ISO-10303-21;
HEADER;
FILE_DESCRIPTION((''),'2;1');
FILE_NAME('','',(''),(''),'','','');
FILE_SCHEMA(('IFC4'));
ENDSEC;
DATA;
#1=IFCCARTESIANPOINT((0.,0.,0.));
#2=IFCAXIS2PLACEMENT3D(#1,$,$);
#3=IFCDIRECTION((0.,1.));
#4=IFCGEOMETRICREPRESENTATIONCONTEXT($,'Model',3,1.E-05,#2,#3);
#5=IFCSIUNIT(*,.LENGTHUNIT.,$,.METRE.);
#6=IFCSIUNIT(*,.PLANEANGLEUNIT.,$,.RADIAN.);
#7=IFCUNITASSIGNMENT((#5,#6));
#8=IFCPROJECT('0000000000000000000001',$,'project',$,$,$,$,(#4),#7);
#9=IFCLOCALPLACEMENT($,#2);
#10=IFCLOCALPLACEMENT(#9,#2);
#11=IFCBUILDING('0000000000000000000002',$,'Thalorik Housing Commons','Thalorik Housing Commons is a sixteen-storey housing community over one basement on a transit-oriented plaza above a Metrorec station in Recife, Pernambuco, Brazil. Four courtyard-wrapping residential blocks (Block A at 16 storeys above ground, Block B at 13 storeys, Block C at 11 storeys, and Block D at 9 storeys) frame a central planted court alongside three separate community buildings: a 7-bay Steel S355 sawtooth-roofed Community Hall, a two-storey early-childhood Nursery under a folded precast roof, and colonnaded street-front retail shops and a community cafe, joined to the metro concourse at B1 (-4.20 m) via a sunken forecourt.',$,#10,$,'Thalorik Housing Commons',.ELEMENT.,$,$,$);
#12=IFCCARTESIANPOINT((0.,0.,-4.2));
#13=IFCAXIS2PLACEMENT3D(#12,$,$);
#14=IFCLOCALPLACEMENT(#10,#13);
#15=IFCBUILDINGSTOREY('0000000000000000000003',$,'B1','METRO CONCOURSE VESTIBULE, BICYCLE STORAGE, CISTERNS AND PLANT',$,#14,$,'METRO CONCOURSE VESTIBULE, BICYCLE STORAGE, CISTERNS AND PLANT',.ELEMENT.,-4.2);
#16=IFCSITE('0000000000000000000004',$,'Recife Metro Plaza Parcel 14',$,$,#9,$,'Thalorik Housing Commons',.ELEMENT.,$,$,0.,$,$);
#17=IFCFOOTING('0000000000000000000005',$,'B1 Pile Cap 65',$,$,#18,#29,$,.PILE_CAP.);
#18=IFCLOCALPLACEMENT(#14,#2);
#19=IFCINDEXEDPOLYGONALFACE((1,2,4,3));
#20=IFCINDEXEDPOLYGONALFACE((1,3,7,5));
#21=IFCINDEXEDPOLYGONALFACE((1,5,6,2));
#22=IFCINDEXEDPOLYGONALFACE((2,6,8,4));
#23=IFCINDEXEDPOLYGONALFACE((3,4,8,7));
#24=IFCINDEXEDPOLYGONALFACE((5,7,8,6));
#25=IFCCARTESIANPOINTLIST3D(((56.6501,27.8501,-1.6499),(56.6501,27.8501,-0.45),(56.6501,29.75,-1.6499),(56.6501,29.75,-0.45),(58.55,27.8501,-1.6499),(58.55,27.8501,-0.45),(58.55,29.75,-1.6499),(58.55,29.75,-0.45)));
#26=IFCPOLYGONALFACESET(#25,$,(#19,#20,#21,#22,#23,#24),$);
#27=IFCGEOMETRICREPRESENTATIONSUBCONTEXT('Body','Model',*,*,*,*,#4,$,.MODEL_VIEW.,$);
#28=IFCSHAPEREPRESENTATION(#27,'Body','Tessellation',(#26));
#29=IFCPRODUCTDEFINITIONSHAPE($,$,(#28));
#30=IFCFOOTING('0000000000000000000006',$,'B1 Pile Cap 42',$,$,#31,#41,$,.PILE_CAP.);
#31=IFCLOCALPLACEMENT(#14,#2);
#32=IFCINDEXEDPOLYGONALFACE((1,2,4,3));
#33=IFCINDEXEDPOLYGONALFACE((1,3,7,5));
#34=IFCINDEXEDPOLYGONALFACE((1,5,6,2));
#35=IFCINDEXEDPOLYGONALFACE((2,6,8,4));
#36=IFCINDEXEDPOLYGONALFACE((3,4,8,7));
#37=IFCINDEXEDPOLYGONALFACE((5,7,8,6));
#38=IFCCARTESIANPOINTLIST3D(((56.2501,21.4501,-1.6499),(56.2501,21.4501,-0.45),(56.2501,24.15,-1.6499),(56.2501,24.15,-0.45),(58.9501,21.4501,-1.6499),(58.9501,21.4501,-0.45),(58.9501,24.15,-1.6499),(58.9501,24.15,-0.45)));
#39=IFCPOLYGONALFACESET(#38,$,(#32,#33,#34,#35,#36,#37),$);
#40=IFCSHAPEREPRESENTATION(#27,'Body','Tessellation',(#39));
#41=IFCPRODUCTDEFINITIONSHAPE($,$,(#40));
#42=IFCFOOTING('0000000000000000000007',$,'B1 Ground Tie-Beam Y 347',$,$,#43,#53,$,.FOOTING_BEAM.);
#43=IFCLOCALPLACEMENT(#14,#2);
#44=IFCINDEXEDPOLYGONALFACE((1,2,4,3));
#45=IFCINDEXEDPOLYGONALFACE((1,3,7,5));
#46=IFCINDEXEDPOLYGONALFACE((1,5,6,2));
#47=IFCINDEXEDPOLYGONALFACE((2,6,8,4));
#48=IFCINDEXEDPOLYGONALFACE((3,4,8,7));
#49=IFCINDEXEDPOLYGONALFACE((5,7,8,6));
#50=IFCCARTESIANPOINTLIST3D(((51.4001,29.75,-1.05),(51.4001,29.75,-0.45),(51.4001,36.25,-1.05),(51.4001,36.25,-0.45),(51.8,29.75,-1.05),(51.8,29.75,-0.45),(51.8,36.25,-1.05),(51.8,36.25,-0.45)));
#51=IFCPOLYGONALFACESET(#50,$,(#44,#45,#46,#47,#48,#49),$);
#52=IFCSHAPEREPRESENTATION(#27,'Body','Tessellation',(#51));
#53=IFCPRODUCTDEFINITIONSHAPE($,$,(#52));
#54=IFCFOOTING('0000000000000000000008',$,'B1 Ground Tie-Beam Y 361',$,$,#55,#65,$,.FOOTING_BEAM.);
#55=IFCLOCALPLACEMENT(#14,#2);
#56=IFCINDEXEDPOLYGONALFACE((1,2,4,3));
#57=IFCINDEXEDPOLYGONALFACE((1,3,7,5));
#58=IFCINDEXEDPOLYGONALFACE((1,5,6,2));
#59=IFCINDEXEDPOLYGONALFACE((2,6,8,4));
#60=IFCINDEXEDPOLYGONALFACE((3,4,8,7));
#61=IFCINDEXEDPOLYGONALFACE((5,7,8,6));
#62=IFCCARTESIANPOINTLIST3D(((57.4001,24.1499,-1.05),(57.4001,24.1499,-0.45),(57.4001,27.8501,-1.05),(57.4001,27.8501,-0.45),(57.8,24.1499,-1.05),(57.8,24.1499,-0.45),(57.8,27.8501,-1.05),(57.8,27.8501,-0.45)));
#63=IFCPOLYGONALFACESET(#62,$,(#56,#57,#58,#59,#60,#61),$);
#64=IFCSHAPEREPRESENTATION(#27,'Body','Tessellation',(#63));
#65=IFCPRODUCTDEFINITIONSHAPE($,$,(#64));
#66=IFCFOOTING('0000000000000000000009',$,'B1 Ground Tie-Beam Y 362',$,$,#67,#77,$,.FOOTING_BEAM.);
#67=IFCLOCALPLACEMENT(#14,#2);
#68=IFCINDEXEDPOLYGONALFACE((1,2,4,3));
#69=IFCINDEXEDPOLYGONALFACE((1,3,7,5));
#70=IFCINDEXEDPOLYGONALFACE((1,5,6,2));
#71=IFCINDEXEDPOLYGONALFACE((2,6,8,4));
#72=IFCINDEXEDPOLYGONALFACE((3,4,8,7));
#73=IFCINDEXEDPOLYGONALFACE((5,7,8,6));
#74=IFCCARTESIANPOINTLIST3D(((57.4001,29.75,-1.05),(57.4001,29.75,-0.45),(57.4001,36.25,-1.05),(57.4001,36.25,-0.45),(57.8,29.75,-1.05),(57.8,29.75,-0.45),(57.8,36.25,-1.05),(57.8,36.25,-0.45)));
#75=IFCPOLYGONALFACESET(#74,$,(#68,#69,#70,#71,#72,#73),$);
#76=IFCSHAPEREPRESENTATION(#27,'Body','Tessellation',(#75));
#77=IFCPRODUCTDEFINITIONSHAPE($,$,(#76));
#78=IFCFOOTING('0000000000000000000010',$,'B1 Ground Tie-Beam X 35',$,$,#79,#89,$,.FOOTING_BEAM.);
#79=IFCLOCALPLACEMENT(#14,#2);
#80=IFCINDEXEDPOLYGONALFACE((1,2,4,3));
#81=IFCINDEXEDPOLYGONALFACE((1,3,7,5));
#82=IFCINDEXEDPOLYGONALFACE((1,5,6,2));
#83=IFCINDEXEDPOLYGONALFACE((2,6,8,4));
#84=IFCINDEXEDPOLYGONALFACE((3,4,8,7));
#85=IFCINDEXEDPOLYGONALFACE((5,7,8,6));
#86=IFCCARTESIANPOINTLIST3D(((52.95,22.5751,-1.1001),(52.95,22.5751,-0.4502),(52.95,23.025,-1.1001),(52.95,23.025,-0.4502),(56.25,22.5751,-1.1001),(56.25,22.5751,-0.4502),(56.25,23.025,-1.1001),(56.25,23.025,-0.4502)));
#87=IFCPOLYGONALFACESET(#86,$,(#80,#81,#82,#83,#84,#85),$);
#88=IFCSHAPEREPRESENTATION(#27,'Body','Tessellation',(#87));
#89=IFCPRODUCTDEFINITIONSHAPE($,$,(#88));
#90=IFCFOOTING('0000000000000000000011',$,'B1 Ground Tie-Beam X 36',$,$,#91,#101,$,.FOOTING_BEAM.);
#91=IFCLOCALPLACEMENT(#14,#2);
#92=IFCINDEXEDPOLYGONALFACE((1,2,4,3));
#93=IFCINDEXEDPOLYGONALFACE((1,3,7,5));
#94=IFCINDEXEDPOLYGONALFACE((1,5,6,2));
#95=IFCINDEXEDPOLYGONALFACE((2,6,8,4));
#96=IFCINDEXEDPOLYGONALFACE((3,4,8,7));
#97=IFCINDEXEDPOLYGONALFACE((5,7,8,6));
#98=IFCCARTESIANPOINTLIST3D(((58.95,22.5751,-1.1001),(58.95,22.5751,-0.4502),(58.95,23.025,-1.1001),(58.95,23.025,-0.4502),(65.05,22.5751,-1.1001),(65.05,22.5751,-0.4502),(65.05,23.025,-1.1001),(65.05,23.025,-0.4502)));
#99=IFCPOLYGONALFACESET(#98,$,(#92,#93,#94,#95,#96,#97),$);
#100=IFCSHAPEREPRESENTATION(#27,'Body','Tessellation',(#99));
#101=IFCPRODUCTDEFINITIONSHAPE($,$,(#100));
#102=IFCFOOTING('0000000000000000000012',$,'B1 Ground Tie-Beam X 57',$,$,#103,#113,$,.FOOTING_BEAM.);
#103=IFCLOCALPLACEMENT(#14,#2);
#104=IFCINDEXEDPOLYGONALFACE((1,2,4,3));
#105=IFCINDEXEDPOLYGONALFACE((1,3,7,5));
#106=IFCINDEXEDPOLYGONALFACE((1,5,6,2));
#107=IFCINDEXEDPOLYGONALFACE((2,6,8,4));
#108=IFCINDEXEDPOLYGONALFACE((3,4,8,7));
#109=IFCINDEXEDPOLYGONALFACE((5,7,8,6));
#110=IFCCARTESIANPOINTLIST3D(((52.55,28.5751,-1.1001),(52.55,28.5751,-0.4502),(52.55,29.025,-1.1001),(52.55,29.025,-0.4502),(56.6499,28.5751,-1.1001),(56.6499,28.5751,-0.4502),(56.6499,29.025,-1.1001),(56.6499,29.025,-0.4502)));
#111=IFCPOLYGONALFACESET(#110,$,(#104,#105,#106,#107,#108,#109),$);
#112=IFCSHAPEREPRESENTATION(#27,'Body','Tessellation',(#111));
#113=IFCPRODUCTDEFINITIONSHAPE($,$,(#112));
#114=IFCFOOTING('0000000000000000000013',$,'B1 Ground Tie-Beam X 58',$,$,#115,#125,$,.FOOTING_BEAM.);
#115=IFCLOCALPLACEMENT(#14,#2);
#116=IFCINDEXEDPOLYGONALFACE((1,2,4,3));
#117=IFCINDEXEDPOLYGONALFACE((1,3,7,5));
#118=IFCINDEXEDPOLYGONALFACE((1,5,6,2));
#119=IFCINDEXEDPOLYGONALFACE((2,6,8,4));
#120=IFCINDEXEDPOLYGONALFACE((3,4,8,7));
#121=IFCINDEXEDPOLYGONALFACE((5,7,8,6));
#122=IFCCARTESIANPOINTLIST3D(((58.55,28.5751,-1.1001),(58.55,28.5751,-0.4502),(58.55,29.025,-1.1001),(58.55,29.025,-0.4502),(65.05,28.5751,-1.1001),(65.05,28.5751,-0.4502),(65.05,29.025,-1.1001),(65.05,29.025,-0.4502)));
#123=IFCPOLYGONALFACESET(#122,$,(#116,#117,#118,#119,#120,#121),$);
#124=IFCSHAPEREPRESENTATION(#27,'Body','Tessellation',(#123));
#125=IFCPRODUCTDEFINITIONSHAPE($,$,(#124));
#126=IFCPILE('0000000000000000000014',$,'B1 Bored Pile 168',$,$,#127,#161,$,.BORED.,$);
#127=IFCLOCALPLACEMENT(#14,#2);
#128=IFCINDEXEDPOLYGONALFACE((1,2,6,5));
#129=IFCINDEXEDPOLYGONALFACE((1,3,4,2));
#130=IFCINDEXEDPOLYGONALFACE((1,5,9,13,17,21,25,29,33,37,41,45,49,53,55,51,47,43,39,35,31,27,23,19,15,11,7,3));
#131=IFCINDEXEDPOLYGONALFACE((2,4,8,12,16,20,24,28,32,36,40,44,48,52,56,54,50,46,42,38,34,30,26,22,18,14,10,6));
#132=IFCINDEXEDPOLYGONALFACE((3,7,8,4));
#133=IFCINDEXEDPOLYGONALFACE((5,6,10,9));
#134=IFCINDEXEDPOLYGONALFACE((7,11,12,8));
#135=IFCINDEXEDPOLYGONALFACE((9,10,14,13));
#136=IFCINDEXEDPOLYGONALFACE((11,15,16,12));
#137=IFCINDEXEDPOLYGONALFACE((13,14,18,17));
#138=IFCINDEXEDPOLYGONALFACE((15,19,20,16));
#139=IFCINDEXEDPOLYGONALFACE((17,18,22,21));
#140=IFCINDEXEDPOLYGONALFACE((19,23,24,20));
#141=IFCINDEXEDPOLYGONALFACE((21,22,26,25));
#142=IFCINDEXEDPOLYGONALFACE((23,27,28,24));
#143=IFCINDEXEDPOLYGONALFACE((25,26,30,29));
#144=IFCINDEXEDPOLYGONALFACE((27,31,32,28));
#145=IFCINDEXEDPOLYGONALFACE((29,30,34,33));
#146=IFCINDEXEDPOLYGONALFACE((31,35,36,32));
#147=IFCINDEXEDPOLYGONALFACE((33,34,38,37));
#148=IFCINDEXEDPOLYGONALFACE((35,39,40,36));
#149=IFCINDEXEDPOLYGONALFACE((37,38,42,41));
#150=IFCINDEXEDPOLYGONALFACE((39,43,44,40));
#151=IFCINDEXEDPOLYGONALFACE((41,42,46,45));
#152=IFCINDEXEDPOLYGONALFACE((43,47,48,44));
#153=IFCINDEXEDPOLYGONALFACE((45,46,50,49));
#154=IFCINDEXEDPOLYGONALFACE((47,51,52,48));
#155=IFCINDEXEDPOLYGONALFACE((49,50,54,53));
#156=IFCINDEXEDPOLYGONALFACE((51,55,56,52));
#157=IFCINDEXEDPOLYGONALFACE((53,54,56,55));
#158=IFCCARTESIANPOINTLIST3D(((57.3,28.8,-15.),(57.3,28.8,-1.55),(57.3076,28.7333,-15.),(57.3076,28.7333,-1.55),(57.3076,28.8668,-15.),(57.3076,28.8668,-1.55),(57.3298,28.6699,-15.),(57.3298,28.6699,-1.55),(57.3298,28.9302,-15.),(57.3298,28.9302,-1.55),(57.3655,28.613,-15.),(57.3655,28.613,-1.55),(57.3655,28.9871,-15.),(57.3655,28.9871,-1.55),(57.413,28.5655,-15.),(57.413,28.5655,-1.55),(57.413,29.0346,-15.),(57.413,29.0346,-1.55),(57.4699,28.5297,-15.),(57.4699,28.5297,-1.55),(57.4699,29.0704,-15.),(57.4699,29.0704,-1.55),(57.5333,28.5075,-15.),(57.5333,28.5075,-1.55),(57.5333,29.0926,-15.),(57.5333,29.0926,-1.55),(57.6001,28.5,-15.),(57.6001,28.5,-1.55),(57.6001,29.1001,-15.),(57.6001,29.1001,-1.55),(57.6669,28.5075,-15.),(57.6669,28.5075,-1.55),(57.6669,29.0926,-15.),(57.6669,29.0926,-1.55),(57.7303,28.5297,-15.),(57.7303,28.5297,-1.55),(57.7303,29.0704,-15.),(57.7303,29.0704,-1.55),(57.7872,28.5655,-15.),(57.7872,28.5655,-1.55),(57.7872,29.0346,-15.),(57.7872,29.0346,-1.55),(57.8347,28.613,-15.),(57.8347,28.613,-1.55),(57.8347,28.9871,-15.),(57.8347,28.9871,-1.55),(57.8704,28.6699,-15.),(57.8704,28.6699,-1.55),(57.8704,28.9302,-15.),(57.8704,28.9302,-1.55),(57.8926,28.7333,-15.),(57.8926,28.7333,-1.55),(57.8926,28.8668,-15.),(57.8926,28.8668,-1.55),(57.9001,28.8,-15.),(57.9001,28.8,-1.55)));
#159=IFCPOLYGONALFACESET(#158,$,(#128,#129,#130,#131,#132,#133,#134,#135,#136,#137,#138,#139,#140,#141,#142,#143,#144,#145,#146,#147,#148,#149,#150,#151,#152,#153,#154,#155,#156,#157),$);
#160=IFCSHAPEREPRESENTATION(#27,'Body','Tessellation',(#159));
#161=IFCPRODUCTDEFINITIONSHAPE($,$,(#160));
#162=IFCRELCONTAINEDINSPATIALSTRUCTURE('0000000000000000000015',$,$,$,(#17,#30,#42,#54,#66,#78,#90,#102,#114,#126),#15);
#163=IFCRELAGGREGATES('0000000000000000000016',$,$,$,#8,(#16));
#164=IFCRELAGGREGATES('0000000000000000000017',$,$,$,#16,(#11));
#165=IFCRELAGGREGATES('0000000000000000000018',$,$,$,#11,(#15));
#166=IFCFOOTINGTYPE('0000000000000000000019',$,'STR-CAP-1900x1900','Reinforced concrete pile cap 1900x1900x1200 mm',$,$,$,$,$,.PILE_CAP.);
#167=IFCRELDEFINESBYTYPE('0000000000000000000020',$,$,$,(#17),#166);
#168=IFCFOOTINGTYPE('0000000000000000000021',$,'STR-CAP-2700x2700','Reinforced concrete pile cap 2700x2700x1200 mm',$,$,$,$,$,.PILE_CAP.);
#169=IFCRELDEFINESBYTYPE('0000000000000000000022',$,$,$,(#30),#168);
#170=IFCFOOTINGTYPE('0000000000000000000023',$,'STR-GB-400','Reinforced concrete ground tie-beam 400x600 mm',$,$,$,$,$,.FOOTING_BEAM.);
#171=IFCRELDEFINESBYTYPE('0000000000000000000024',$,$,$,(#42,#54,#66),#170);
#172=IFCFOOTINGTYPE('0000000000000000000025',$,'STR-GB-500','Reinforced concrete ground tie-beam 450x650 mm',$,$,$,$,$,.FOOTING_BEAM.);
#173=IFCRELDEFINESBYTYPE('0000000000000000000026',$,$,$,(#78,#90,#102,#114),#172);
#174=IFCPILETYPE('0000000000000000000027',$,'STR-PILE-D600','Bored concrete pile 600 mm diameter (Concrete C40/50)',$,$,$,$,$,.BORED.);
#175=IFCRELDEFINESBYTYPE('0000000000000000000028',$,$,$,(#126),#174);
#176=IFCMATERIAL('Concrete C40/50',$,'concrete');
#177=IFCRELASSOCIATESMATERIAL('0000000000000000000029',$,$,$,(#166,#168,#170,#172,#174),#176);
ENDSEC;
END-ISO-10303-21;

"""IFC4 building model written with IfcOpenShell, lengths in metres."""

from ifc_helpers import new_model, si_unit, direction, frame, origin, origin_2d, place, context, subcontext, project, spatial, rectangle, circle, extrude, material, material_profile, profile_set, type_object, element, save


model = new_model("IFC4")

# Units and contexts
model_context = context("Model", 3, precision=1e-05, world=origin(), true_north=direction((0.0, 1.0)))
body_context = subcontext(model_context, "Body", "Model", "MODEL_VIEW")
ifc_project = project(units=[si_unit("LENGTHUNIT", "METRE"), si_unit("PLANEANGLEUNIT", "RADIAN")], contexts=[model_context])

# Site, building, storey
site_placement = place(None, origin())
site = spatial("IfcSite", under=ifc_project, at=site_placement, Name="Recife Metro Plaza Parcel 14", LongName="Thalorik Housing Commons", CompositionType="ELEMENT", RefElevation=0.0)
building_placement = place(site_placement, origin())
building = spatial("IfcBuilding", under=site, at=building_placement, Name="Thalorik Housing Commons", Description="Thalorik Housing Commons is a sixteen-storey housing community over one basement on a transit-oriented plaza above a Metrorec station in Recife, Pernambuco, Brazil. Four courtyard-wrapping residential blocks (Block A at 16 storeys above ground, Block B at 13 storeys, Block C at 11 storeys, and Block D at 9 storeys) frame a central planted court alongside three separate community buildings: a 7-bay Steel S355 sawtooth-roofed Community Hall, a two-storey early-childhood Nursery under a folded precast roof, and colonnaded street-front retail shops and a community cafe, joined to the metro concourse at B1 (-4.20 m) via a sunken forecourt.", LongName="Thalorik Housing Commons", CompositionType="ELEMENT")
storey_placement = place(building_placement, frame((0.0, 0.0, -4.2)))
storey = spatial("IfcBuildingStorey", under=building, at=storey_placement, Name="B1", Description="METRO CONCOURSE VESTIBULE, BICYCLE STORAGE, CISTERNS AND PLANT", LongName="METRO CONCOURSE VESTIBULE, BICYCLE STORAGE, CISTERNS AND PLANT", CompositionType="ELEMENT", Elevation=-4.2)

# Footings
ifc_material_1 = material(Name="Concrete C40/50", Category="concrete")
footing_type_1 = type_object("IfcFootingType", Name="STR-CAP-1900x1900", Description="Reinforced concrete pile cap 1900x1900x1200 mm", PredefinedType="PILE_CAP", material=ifc_material_1)
footing_1_placement = place(storey_placement, frame((57.6001, 28.8, -1.6499), z_axis=(0.0, 0.0, 1.0), x_axis=(1.0, 0.0, 0.0)))
element("IfcFooting", 1, at=footing_1_placement, inside=storey, type_object=footing_type_1, Name="B1 Pile Cap 65", PredefinedType="PILE_CAP", context=body_context, shape_type="SweptSolid", body=[
    extrude(rectangle(XDim=1.8999, YDim=1.8999, at=origin_2d()), origin(), (0.0, 0.0, 1.0), 1.2),
])
footing_type_2 = type_object("IfcFootingType", Name="STR-CAP-2700x2700", Description="Reinforced concrete pile cap 2700x2700x1200 mm", PredefinedType="PILE_CAP", material=ifc_material_1)
footing_2_placement = place(storey_placement, frame((57.6001, 22.8, -1.6499), z_axis=(0.0, 0.0, 1.0), x_axis=(1.0, 0.0, 0.0)))
element("IfcFooting", 2, at=footing_2_placement, inside=storey, type_object=footing_type_2, Name="B1 Pile Cap 42", PredefinedType="PILE_CAP", context=body_context, shape_type="SweptSolid", body=[
    extrude(rectangle(XDim=2.7, YDim=2.7, at=origin_2d()), origin(), (0.0, 0.0, 1.0), 1.2),
])
ifc_material_profile_1 = material_profile(ifc_material_1, rectangle(XDim=0.3999, YDim=0.6001, at=origin_2d()), Name="RC 400x600", Category="concrete")
ifc_profile_set_1 = profile_set([ifc_material_profile_1], Name="Concrete C40/50")
footing_type_3 = type_object("IfcFootingType", Name="STR-GB-400", Description="Reinforced concrete ground tie-beam 400x600 mm", PredefinedType="FOOTING_BEAM", material=ifc_profile_set_1)
footing_3_placement = place(storey_placement, frame((51.6001, 29.75, -0.75), z_axis=(0.0, 1.0, 0.0), x_axis=(-1.0, 0.0, 0.0)))
element("IfcFooting", 3, at=footing_3_placement, inside=storey, type_object=footing_type_3, Name="B1 Ground Tie-Beam Y 347", PredefinedType="FOOTING_BEAM", context=body_context, shape_type="SweptSolid", body=[
    extrude(rectangle(XDim=0.3999, YDim=0.6001, at=origin_2d()), origin(), (0.0, 0.0, 1.0), 6.5),
])
footing_4_placement = place(storey_placement, frame((57.6001, 24.1499, -0.75), z_axis=(0.0, 1.0, 0.0), x_axis=(-1.0, 0.0, 0.0)))
element("IfcFooting", 4, at=footing_4_placement, inside=storey, type_object=footing_type_3, Name="B1 Ground Tie-Beam Y 361", PredefinedType="FOOTING_BEAM", context=body_context, shape_type="SweptSolid", body=[
    extrude(rectangle(XDim=0.3999, YDim=0.6001, at=origin_2d()), origin(), (0.0, 0.0, 1.0), 3.7002),
])
footing_5_placement = place(storey_placement, frame((57.6001, 29.75, -0.75), z_axis=(0.0, 1.0, 0.0), x_axis=(-1.0, 0.0, 0.0)))
element("IfcFooting", 5, at=footing_5_placement, inside=storey, type_object=footing_type_3, Name="B1 Ground Tie-Beam Y 362", PredefinedType="FOOTING_BEAM", context=body_context, shape_type="SweptSolid", body=[
    extrude(rectangle(XDim=0.3999, YDim=0.6001, at=origin_2d()), origin(), (0.0, 0.0, 1.0), 6.5),
])
ifc_material_profile_2 = material_profile(ifc_material_1, rectangle(XDim=0.45, YDim=0.6499, at=origin_2d()), Name="RC 450x650", Category="concrete")
ifc_profile_set_2 = profile_set([ifc_material_profile_2], Name="Concrete C40/50")
footing_type_4 = type_object("IfcFootingType", Name="STR-GB-500", Description="Reinforced concrete ground tie-beam 450x650 mm", PredefinedType="FOOTING_BEAM", material=ifc_profile_set_2)
footing_6_placement = place(storey_placement, frame((52.95, 22.8, -0.7751), z_axis=(1.0, 0.0, 0.0), x_axis=(0.0, 1.0, 0.0)))
element("IfcFooting", 6, at=footing_6_placement, inside=storey, type_object=footing_type_4, Name="B1 Ground Tie-Beam X 35", PredefinedType="FOOTING_BEAM", context=body_context, shape_type="SweptSolid", body=[
    extrude(rectangle(XDim=0.45, YDim=0.6499, at=origin_2d()), origin(), (0.0, 0.0, 1.0), 3.3),
])
footing_7_placement = place(storey_placement, frame((58.95, 22.8, -0.7751), z_axis=(1.0, 0.0, 0.0), x_axis=(0.0, 1.0, 0.0)))
element("IfcFooting", 7, at=footing_7_placement, inside=storey, type_object=footing_type_4, Name="B1 Ground Tie-Beam X 36", PredefinedType="FOOTING_BEAM", context=body_context, shape_type="SweptSolid", body=[
    extrude(rectangle(XDim=0.45, YDim=0.6499, at=origin_2d()), origin(), (0.0, 0.0, 1.0), 6.1001),
])
footing_8_placement = place(storey_placement, frame((52.55, 28.8, -0.7751), z_axis=(1.0, 0.0, 0.0), x_axis=(0.0, 1.0, 0.0)))
element("IfcFooting", 8, at=footing_8_placement, inside=storey, type_object=footing_type_4, Name="B1 Ground Tie-Beam X 57", PredefinedType="FOOTING_BEAM", context=body_context, shape_type="SweptSolid", body=[
    extrude(rectangle(XDim=0.45, YDim=0.6499, at=origin_2d()), origin(), (0.0, 0.0, 1.0), 4.0999),
])
footing_9_placement = place(storey_placement, frame((58.55, 28.8, -0.7751), z_axis=(1.0, 0.0, 0.0), x_axis=(0.0, 1.0, 0.0)))
element("IfcFooting", 9, at=footing_9_placement, inside=storey, type_object=footing_type_4, Name="B1 Ground Tie-Beam X 58", PredefinedType="FOOTING_BEAM", context=body_context, shape_type="SweptSolid", body=[
    extrude(rectangle(XDim=0.45, YDim=0.6499, at=origin_2d()), origin(), (0.0, 0.0, 1.0), 6.5),
])

# Pile
ifc_material_profile_3 = material_profile(ifc_material_1, circle(Radius=0.3, at=origin_2d()), Name="BORED PILE D600", Category="concrete")
ifc_profile_set_3 = profile_set([ifc_material_profile_3], Name="Concrete C40/50")
pile_type_1 = type_object("IfcPileType", Name="STR-PILE-D600", Description="Bored concrete pile 600 mm diameter (Concrete C40/50)", PredefinedType="BORED", material=ifc_profile_set_3)
pile_1_placement = place(storey_placement, frame((57.6001, 28.8, -1.55), z_axis=(0.0, 0.0, -1.0), x_axis=(1.0, 0.0, 0.0)))
element("IfcPile", 10, at=pile_1_placement, inside=storey, type_object=pile_type_1, Name="B1 Bored Pile 168", PredefinedType="BORED", context=body_context, shape_type="SweptSolid", body=[
    extrude(circle(Radius=0.3, at=origin_2d()), origin(), (0.0, 0.0, 1.0), 13.45),
])

save(model, "model.ifc")
